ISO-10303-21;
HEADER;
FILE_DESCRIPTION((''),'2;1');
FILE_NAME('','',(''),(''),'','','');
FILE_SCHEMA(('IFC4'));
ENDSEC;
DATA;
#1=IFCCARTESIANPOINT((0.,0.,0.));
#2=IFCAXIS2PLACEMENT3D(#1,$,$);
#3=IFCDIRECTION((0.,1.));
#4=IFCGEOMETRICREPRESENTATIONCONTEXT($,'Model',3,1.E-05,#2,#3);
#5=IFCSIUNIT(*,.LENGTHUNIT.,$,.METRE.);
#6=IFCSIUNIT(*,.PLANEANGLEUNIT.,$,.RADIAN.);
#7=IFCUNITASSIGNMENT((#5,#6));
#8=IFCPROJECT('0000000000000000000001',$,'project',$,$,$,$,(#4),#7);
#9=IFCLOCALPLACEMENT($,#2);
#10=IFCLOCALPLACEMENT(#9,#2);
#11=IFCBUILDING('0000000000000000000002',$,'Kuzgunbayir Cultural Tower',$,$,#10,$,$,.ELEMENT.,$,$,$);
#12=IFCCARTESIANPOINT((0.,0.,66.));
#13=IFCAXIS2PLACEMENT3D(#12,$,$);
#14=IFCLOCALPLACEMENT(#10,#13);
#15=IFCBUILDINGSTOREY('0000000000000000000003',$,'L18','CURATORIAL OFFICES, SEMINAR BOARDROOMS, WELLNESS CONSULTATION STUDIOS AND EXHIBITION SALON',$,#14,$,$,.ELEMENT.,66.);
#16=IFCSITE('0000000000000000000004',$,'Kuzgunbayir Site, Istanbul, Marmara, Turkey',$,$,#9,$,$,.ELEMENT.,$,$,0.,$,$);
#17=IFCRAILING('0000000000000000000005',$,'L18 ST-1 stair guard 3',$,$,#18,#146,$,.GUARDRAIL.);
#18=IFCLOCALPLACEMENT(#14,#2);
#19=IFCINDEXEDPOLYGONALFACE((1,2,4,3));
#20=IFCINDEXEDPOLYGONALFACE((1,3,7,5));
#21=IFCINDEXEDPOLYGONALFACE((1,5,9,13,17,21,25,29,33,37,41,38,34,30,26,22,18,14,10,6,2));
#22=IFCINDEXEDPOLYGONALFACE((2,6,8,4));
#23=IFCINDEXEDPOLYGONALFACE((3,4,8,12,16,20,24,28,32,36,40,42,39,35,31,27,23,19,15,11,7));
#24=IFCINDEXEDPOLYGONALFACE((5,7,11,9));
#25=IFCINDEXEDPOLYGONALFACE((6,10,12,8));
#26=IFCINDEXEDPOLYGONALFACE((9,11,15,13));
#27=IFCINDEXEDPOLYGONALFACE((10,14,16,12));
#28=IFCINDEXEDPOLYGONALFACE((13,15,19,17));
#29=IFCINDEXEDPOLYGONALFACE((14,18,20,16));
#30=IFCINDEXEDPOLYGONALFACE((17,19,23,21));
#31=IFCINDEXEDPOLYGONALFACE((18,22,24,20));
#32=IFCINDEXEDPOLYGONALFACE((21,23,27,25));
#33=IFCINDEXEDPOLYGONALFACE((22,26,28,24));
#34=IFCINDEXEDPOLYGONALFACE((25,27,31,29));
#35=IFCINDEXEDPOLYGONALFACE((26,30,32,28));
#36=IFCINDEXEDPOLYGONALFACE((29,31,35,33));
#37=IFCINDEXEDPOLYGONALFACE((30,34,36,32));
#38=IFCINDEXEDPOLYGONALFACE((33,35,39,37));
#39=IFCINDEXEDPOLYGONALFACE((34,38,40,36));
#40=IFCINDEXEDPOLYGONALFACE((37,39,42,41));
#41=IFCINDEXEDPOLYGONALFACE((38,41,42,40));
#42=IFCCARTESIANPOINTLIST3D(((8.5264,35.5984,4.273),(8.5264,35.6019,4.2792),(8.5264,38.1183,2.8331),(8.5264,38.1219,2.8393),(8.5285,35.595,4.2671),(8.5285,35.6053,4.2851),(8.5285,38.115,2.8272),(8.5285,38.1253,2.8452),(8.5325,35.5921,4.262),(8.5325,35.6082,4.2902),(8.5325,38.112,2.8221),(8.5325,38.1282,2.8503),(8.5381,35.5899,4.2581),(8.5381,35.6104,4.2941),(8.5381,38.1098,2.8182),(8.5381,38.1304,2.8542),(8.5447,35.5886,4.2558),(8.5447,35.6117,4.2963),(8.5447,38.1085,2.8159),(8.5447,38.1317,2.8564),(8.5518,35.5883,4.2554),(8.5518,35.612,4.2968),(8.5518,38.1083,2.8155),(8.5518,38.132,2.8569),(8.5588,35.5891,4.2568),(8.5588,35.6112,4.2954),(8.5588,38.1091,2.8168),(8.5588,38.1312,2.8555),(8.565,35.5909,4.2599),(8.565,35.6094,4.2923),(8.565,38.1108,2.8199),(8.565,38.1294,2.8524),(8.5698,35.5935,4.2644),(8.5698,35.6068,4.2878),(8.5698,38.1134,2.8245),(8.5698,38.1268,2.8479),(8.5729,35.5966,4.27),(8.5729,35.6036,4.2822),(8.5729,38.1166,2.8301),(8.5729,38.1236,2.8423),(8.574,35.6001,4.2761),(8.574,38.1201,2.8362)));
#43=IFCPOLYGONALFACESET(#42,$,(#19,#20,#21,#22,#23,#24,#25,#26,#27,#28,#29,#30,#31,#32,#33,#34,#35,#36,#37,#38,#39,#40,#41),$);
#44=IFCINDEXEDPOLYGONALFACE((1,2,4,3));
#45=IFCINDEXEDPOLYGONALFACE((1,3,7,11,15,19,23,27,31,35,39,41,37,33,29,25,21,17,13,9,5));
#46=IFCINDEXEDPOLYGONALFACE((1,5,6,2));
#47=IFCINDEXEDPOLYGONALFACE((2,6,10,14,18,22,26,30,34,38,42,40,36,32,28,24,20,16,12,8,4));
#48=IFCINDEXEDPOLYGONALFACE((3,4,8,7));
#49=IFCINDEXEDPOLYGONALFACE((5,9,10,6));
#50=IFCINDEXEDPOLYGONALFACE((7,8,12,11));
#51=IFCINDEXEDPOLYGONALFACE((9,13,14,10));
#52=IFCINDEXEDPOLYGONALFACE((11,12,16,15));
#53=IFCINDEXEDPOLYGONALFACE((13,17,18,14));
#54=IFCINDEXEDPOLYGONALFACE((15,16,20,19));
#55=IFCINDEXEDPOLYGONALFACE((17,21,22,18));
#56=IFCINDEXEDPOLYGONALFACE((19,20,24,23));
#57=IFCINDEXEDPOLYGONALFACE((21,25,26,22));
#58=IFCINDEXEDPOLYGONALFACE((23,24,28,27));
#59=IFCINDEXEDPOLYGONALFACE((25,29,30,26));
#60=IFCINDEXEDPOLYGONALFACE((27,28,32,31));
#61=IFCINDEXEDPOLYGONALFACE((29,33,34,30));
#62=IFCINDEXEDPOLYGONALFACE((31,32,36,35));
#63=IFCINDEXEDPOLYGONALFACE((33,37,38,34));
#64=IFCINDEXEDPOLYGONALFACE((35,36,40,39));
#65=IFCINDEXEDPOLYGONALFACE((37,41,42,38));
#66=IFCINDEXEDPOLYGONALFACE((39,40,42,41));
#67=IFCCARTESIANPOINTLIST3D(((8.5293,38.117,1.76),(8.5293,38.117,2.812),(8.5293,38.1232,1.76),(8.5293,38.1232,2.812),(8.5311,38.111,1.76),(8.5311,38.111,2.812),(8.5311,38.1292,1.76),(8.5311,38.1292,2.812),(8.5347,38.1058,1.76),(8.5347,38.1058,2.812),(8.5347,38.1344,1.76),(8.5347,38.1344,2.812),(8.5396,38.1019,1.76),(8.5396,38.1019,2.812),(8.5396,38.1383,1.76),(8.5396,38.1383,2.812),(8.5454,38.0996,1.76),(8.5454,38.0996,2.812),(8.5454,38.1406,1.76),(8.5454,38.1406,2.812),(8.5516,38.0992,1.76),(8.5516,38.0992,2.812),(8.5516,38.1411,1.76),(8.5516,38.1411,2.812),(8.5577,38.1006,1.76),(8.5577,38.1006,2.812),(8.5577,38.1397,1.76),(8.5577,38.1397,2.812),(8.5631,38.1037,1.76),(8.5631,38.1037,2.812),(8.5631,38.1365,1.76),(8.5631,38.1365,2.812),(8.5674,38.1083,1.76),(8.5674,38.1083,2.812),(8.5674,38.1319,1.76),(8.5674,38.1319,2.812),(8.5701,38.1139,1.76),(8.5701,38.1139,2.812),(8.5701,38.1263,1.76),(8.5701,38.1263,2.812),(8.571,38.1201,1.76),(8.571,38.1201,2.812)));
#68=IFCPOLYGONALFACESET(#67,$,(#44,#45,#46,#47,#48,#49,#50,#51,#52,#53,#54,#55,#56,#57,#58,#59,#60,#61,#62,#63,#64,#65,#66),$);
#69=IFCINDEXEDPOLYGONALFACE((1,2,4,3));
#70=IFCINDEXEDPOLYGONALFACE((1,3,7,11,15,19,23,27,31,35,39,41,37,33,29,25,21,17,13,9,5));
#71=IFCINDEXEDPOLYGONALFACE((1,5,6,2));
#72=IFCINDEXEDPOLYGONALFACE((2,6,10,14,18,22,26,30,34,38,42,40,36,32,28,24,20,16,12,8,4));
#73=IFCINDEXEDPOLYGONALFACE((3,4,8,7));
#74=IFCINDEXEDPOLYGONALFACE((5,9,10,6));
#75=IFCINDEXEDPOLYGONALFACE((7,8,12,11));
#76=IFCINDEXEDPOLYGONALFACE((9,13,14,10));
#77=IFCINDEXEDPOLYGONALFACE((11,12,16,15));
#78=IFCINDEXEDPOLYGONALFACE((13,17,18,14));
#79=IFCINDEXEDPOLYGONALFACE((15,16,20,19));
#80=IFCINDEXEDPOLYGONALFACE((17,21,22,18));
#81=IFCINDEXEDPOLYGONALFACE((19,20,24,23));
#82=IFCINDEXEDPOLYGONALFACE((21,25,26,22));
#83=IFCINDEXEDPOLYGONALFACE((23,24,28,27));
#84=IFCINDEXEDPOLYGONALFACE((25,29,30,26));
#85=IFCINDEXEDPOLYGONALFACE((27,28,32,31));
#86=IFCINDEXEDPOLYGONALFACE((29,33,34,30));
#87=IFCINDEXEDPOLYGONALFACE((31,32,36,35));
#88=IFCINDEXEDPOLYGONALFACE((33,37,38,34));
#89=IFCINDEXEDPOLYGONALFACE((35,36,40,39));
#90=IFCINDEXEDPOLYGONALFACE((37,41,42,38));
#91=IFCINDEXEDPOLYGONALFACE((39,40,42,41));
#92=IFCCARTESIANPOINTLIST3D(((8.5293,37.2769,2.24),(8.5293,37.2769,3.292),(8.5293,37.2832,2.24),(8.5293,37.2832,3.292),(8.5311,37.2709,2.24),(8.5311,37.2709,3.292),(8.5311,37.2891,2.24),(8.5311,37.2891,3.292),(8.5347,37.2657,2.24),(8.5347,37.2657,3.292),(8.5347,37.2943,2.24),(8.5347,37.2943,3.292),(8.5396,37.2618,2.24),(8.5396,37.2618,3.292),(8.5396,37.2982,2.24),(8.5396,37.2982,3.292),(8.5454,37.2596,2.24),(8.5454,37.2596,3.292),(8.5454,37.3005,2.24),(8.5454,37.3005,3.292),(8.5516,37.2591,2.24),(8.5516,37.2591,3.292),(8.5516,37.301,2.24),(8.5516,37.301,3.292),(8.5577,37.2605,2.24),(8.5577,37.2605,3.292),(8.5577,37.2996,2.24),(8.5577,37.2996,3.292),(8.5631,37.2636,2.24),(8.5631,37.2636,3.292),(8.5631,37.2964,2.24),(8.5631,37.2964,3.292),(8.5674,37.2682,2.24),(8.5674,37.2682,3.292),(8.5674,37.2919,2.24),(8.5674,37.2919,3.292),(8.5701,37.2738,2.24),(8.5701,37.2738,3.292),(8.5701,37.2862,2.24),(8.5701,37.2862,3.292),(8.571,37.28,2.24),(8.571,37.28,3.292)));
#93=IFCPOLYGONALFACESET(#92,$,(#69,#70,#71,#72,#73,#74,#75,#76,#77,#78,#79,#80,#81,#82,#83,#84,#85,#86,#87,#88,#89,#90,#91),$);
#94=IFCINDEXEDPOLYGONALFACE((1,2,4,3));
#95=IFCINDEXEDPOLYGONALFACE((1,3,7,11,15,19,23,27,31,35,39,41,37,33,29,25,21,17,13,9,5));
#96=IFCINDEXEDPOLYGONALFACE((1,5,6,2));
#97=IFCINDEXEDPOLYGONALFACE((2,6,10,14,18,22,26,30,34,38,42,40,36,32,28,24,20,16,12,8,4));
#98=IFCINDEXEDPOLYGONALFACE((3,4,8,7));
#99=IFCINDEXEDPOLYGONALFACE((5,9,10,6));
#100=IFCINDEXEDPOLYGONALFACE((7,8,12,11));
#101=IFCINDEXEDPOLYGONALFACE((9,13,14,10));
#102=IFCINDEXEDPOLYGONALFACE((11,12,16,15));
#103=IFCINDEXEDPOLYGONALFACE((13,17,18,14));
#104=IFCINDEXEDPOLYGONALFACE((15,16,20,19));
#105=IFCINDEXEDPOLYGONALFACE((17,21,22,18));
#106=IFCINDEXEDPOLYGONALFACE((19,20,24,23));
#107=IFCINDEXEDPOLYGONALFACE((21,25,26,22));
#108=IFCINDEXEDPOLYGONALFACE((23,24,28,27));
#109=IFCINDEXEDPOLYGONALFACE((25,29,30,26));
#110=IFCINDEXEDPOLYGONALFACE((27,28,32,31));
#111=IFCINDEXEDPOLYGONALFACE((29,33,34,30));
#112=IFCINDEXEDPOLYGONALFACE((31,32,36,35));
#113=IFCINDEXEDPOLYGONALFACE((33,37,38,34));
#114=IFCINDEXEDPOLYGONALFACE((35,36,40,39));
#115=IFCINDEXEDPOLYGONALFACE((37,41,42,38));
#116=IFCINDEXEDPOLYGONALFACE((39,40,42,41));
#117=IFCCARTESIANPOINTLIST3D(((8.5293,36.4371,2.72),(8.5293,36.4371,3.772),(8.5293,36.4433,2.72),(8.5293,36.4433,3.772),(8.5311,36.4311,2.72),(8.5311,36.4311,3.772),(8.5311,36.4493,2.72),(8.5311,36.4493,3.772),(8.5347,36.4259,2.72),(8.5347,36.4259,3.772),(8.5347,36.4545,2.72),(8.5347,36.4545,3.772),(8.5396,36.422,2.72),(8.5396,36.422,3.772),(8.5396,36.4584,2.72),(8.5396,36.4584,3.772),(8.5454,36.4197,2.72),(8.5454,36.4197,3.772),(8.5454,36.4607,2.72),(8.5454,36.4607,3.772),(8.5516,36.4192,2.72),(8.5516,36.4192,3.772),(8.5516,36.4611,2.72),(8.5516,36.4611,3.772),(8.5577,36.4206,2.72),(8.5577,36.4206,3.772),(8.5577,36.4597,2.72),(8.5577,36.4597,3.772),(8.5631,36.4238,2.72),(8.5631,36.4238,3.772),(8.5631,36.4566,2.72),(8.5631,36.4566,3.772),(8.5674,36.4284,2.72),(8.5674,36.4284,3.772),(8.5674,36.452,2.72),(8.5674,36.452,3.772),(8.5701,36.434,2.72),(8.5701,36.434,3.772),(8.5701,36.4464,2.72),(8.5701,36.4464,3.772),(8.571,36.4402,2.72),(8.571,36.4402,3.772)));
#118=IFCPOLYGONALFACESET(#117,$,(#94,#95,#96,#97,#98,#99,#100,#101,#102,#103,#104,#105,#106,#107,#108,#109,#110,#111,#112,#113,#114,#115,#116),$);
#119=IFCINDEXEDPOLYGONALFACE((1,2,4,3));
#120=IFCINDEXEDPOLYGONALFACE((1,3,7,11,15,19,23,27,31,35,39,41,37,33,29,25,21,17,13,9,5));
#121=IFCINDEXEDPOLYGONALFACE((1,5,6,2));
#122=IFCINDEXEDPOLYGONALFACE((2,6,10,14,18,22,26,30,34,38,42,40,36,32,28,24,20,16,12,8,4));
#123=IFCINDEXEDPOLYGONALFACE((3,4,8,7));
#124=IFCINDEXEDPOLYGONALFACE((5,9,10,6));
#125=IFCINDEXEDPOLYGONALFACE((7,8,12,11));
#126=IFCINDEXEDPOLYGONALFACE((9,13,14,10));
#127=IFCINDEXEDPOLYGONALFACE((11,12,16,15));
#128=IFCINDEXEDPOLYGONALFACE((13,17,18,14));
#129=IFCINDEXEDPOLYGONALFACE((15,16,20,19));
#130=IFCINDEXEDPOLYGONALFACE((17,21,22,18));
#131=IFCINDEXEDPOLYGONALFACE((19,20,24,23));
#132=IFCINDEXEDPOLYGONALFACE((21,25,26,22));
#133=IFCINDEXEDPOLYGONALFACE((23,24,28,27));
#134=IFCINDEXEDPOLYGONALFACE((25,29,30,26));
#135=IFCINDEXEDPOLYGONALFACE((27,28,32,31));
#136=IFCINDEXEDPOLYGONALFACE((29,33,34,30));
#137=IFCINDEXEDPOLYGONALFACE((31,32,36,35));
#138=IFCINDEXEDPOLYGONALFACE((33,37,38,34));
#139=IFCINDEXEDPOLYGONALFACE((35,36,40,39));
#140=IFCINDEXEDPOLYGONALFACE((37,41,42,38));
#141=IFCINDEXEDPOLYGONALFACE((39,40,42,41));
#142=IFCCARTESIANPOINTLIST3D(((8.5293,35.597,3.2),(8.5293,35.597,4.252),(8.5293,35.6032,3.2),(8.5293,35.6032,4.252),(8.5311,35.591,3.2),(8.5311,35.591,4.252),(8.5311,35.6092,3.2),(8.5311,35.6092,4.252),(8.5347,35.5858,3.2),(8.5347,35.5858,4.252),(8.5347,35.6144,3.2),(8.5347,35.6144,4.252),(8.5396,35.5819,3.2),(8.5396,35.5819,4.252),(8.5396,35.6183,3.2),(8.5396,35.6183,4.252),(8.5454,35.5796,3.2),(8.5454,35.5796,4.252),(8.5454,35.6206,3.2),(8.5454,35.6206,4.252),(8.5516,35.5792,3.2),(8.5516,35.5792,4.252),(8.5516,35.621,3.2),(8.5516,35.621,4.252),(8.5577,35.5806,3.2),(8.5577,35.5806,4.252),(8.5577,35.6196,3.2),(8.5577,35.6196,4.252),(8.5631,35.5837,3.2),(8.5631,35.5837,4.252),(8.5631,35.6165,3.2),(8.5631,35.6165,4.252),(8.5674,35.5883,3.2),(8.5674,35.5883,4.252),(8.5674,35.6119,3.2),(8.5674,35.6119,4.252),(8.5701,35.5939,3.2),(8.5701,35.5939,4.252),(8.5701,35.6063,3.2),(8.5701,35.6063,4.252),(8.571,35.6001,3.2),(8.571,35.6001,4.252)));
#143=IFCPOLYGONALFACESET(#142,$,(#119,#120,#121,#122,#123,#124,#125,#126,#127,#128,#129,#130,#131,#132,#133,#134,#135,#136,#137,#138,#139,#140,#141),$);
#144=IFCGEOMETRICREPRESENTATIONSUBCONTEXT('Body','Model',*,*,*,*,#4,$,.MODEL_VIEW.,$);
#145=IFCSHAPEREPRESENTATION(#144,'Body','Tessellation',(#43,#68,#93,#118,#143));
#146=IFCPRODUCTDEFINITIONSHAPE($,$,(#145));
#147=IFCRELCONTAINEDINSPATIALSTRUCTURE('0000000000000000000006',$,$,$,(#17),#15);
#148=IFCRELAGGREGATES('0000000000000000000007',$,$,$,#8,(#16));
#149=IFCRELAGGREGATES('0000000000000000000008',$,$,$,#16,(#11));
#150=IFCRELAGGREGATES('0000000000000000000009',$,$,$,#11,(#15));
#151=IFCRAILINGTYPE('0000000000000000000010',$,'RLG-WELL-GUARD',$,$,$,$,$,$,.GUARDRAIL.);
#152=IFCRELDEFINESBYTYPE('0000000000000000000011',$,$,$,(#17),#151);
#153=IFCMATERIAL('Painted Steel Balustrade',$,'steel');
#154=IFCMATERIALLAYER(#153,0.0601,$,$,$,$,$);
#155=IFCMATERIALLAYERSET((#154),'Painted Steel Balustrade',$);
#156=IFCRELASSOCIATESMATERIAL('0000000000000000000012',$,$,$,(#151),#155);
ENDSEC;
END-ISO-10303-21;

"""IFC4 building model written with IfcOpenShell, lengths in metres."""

from ifc_helpers import new_model, si_unit, direction, frame, origin, origin_2d, place, context, subcontext, project, spatial, circle, extrude, material, layer, layer_set, type_object, element, save


model = new_model("IFC4")

# Units and contexts
model_context = context("Model", 3, precision=1e-05, world=origin(), true_north=direction((0.0, 1.0)))
body_context = subcontext(model_context, "Body", "Model", "MODEL_VIEW")
ifc_project = project(units=[si_unit("LENGTHUNIT", "METRE"), si_unit("PLANEANGLEUNIT", "RADIAN")], contexts=[model_context])

# Site, building, storey
site_placement = place(None, origin())
site = spatial("IfcSite", under=ifc_project, at=site_placement, Name="Kuzgunbayir Site, Istanbul, Marmara, Turkey", CompositionType="ELEMENT", RefElevation=0.0)
building_placement = place(site_placement, origin())
building = spatial("IfcBuilding", under=site, at=building_placement, Name="Kuzgunbayir Cultural Tower", CompositionType="ELEMENT")
storey_placement = place(building_placement, frame((0.0, 0.0, 66.0)))
storey = spatial("IfcBuildingStorey", under=building, at=storey_placement, Name="L18", Description="CURATORIAL OFFICES, SEMINAR BOARDROOMS, WELLNESS CONSULTATION STUDIOS AND EXHIBITION SALON", CompositionType="ELEMENT", Elevation=66.0)

# Railing
ifc_material_1 = material(Name="Painted Steel Balustrade", Category="steel")
ifc_layer_1 = layer(ifc_material_1, 0.0601)
ifc_layer_set_1 = layer_set([ifc_layer_1], Name="Painted Steel Balustrade")
railing_type_1 = type_object("IfcRailingType", Name="RLG-WELL-GUARD", PredefinedType="GUARDRAIL", material=ifc_layer_set_1)
railing_1_placement = place(storey_placement, frame((8.55, 38.1201, 1.76)))
element("IfcRailing", 1, at=railing_1_placement, inside=storey, type_object=railing_type_1, Name="L18 ST-1 stair guard 3", PredefinedType="GUARDRAIL", context=body_context, shape_type="SweptSolid", body=[
    extrude(circle(Radius=0.0239, at=origin_2d()), frame((0.0, 0.0, 1.0762), z_axis=(0.0, -0.868253, 0.496121), x_axis=(1.0, 0.0, 0.0)), (0.0, 0.0, 1.0), 2.9023),
    extrude(circle(Radius=0.021, at=origin_2d()), origin(), (0.0, 0.0, 1.0), 1.052),
    extrude(circle(Radius=0.021, at=origin_2d()), frame((0.0, -0.8401, 0.48)), (0.0, 0.0, 1.0), 1.052),
    extrude(circle(Radius=0.021, at=origin_2d()), frame((0.0, -1.6799, 0.96)), (0.0, 0.0, 1.0), 1.052),
    extrude(circle(Radius=0.021, at=origin_2d()), frame((0.0, -2.52, 1.4399)), (0.0, 0.0, 1.0), 1.052),
])

save(model, "model.ifc")
